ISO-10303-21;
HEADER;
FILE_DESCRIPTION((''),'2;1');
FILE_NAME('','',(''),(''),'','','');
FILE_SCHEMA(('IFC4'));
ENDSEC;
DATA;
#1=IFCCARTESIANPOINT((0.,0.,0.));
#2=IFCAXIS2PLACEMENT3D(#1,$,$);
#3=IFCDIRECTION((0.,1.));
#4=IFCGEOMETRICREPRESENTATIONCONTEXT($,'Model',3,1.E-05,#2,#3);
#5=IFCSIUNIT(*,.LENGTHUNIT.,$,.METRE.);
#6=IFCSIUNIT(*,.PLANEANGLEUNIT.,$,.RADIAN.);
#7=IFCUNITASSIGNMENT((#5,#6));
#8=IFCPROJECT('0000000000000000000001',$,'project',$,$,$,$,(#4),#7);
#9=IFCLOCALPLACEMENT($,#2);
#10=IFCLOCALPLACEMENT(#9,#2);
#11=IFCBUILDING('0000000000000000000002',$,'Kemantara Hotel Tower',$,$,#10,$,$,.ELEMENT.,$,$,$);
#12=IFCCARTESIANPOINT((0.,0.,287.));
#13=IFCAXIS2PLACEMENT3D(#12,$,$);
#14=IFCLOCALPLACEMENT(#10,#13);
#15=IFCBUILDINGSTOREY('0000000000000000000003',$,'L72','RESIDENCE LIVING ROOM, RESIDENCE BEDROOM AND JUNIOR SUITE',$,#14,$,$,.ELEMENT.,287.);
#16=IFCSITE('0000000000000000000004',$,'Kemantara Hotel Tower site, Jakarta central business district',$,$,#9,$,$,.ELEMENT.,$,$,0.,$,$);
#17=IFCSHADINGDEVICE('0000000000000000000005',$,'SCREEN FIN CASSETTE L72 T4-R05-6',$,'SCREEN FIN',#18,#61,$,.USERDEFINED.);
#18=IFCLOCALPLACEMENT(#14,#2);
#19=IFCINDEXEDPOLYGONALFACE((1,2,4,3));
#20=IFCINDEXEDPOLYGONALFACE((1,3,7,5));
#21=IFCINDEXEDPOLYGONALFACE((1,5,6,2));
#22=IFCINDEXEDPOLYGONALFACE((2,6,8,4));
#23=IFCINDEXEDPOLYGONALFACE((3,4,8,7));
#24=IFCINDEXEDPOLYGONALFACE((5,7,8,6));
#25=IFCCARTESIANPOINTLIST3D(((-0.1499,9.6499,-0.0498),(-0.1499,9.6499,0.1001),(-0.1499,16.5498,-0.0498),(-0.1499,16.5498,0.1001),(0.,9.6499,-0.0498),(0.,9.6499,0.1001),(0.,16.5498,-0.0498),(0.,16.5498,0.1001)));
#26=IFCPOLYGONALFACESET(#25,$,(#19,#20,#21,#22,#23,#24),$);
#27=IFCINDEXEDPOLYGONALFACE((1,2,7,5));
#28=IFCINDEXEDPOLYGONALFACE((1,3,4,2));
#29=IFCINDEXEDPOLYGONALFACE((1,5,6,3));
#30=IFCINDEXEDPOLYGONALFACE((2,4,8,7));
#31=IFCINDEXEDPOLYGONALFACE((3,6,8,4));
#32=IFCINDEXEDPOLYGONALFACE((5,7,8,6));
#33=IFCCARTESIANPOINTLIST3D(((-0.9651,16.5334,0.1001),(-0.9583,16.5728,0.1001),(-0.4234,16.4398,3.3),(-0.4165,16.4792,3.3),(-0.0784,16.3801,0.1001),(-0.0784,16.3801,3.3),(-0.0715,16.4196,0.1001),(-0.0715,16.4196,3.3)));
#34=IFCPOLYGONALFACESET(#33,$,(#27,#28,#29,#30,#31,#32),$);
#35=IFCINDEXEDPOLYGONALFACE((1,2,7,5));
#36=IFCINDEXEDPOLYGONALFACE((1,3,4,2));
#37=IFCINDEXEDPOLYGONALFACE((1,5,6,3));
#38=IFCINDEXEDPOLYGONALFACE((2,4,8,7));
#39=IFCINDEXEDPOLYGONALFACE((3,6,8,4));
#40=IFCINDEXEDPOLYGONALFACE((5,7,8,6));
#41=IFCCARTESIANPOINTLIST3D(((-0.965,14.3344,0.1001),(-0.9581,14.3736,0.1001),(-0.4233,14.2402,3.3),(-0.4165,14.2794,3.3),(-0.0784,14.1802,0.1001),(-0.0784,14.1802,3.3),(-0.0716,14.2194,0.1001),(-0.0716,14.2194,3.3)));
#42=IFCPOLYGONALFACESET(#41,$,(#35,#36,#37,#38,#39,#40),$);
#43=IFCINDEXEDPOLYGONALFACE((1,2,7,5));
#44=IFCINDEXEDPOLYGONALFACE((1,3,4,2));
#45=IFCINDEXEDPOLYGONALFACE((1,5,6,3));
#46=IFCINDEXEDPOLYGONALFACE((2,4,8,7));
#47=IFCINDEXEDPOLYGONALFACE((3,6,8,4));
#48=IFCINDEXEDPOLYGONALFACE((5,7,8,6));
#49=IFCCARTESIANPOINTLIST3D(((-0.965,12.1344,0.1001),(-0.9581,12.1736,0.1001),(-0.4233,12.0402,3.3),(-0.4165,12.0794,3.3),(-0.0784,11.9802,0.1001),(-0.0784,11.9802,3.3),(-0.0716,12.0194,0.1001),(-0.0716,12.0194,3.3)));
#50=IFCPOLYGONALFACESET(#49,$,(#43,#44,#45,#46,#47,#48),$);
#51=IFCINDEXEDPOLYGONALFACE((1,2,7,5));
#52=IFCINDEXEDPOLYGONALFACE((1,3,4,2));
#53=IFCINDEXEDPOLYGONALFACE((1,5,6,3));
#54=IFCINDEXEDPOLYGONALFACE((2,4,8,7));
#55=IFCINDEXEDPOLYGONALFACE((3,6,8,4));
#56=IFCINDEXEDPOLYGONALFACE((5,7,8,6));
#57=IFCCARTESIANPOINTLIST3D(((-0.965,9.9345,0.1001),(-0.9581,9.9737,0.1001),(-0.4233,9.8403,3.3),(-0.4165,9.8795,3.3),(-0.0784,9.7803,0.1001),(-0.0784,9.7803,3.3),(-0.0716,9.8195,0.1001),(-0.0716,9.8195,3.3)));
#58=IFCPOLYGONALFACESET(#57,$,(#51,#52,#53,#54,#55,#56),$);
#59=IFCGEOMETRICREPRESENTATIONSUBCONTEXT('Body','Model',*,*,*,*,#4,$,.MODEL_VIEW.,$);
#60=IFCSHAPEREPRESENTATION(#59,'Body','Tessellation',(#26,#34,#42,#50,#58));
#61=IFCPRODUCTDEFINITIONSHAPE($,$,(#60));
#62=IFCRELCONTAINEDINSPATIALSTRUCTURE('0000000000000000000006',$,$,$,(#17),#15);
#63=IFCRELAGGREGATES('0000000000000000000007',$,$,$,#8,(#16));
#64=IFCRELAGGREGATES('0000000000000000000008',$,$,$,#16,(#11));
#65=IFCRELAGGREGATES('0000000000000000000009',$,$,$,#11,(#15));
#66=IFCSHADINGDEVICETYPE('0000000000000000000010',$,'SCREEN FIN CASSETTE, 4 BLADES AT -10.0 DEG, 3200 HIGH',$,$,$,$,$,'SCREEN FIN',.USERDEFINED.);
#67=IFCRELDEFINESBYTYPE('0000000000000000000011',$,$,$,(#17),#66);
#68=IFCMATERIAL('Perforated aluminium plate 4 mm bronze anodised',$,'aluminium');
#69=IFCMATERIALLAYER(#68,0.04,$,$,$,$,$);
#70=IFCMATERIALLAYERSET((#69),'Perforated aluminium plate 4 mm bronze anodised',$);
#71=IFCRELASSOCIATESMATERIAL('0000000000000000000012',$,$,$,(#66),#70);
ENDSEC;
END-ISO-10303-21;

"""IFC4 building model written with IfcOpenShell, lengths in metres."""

from ifc_helpers import new_model, si_unit, direction, frame, origin, origin_2d, place, context, subcontext, project, spatial, polyline, rectangle, outline, extrude, source, transform, mapped, material, layer, layer_set, type_object, element, save


model = new_model("IFC4")

# Units and contexts
model_context = context("Model", 3, precision=1e-05, world=origin(), true_north=direction((0.0, 1.0)))
body_context = subcontext(model_context, "Body", "Model", "MODEL_VIEW")
ifc_project = project(units=[si_unit("LENGTHUNIT", "METRE"), si_unit("PLANEANGLEUNIT", "RADIAN")], contexts=[model_context])

# Site, building, storey
site_placement = place(None, origin())
site = spatial("IfcSite", under=ifc_project, at=site_placement, Name="Kemantara Hotel Tower site, Jakarta central business district", CompositionType="ELEMENT", RefElevation=0.0)
building_placement = place(site_placement, origin())
building = spatial("IfcBuilding", under=site, at=building_placement, Name="Kemantara Hotel Tower", CompositionType="ELEMENT")
storey_placement = place(building_placement, frame((0.0, 0.0, 287.0)))
storey = spatial("IfcBuildingStorey", under=building, at=storey_placement, Name="L72", Description="RESIDENCE LIVING ROOM, RESIDENCE BEDROOM AND JUNIOR SUITE", CompositionType="ELEMENT", Elevation=287.0)

# Shading device
ifc_material_1 = material(Name="Perforated aluminium plate 4 mm bronze anodised", Category="aluminium")
ifc_layer_1 = layer(ifc_material_1, 0.04)
ifc_layer_set_1 = layer_set([ifc_layer_1], Name="Perforated aluminium plate 4 mm bronze anodised")
shading_device_type_1 = type_object("IfcShadingDeviceType", Name="SCREEN FIN CASSETTE, 4 BLADES AT -10.0 DEG, 3200 HIGH", ElementType="SCREEN FIN", PredefinedType="USERDEFINED", material=ifc_layer_set_1)
shared_shape_1 = source(origin(), body_context, "Body", "SweptSolid", [
    extrude(rectangle(XDim=6.8999, YDim=0.1499, at=origin_2d()), frame((3.3, -0.075, -0.1499), z_axis=(0.0, 0.0, 1.0), x_axis=(1.0, 0.0, 0.0)), (0.0, 0.0, 1.0), 0.1499),
    extrude(outline(polyline([(0.0, 0.0), (0.8999, 0.0), (0.3501, 3.2), (0.0, 3.2), (0.0, 0.0)])), frame((0.0198, -0.0784, 0.0), z_axis=(-0.98539, 0.170314, 0.0), x_axis=(-0.170314, -0.98539, 0.0)), (0.0, 0.0, 1.0), 0.04),
    extrude(outline(polyline([(0.0, 0.0), (0.8999, 0.0), (0.3501, 3.2), (0.0, 3.2), (0.0, 0.0)])), frame((2.2197, -0.0784, 0.0), z_axis=(-0.985212, 0.171341, 0.0), x_axis=(-0.171341, -0.985212, 0.0)), (0.0, 0.0, 1.0), 0.0398),
    extrude(outline(polyline([(0.0, 0.0), (0.8999, 0.0), (0.3501, 3.2), (0.0, 3.2), (0.0, 0.0)])), frame((4.4197, -0.0784, 0.0), z_axis=(-0.985212, 0.171341, 0.0), x_axis=(-0.171341, -0.985212, 0.0)), (0.0, 0.0, 1.0), 0.0398),
    extrude(outline(polyline([(0.0, 0.0), (0.8999, 0.0), (0.3501, 3.2), (0.0, 3.2), (0.0, 0.0)])), frame((6.6196, -0.0784, 0.0), z_axis=(-0.985212, 0.171341, 0.0), x_axis=(-0.171341, -0.985212, 0.0)), (0.0, 0.0, 1.0), 0.0398),
])
shading_device_1_placement = place(storey_placement, frame((0.0, 16.3999, 0.1001), z_axis=(0.0, 0.0, 1.0), x_axis=(0.0, -1.0, 0.0)))
element("IfcShadingDevice", 1, at=shading_device_1_placement, inside=storey, type_object=shading_device_type_1, Name="SCREEN FIN CASSETTE L72 T4-R05-6", ObjectType="SCREEN FIN", PredefinedType="USERDEFINED", context=body_context, shape_type="MappedRepresentation", body=[
    mapped(shared_shape_1, transform((0.0, 0.0, 0.0))),
])

save(model, "model.ifc")
